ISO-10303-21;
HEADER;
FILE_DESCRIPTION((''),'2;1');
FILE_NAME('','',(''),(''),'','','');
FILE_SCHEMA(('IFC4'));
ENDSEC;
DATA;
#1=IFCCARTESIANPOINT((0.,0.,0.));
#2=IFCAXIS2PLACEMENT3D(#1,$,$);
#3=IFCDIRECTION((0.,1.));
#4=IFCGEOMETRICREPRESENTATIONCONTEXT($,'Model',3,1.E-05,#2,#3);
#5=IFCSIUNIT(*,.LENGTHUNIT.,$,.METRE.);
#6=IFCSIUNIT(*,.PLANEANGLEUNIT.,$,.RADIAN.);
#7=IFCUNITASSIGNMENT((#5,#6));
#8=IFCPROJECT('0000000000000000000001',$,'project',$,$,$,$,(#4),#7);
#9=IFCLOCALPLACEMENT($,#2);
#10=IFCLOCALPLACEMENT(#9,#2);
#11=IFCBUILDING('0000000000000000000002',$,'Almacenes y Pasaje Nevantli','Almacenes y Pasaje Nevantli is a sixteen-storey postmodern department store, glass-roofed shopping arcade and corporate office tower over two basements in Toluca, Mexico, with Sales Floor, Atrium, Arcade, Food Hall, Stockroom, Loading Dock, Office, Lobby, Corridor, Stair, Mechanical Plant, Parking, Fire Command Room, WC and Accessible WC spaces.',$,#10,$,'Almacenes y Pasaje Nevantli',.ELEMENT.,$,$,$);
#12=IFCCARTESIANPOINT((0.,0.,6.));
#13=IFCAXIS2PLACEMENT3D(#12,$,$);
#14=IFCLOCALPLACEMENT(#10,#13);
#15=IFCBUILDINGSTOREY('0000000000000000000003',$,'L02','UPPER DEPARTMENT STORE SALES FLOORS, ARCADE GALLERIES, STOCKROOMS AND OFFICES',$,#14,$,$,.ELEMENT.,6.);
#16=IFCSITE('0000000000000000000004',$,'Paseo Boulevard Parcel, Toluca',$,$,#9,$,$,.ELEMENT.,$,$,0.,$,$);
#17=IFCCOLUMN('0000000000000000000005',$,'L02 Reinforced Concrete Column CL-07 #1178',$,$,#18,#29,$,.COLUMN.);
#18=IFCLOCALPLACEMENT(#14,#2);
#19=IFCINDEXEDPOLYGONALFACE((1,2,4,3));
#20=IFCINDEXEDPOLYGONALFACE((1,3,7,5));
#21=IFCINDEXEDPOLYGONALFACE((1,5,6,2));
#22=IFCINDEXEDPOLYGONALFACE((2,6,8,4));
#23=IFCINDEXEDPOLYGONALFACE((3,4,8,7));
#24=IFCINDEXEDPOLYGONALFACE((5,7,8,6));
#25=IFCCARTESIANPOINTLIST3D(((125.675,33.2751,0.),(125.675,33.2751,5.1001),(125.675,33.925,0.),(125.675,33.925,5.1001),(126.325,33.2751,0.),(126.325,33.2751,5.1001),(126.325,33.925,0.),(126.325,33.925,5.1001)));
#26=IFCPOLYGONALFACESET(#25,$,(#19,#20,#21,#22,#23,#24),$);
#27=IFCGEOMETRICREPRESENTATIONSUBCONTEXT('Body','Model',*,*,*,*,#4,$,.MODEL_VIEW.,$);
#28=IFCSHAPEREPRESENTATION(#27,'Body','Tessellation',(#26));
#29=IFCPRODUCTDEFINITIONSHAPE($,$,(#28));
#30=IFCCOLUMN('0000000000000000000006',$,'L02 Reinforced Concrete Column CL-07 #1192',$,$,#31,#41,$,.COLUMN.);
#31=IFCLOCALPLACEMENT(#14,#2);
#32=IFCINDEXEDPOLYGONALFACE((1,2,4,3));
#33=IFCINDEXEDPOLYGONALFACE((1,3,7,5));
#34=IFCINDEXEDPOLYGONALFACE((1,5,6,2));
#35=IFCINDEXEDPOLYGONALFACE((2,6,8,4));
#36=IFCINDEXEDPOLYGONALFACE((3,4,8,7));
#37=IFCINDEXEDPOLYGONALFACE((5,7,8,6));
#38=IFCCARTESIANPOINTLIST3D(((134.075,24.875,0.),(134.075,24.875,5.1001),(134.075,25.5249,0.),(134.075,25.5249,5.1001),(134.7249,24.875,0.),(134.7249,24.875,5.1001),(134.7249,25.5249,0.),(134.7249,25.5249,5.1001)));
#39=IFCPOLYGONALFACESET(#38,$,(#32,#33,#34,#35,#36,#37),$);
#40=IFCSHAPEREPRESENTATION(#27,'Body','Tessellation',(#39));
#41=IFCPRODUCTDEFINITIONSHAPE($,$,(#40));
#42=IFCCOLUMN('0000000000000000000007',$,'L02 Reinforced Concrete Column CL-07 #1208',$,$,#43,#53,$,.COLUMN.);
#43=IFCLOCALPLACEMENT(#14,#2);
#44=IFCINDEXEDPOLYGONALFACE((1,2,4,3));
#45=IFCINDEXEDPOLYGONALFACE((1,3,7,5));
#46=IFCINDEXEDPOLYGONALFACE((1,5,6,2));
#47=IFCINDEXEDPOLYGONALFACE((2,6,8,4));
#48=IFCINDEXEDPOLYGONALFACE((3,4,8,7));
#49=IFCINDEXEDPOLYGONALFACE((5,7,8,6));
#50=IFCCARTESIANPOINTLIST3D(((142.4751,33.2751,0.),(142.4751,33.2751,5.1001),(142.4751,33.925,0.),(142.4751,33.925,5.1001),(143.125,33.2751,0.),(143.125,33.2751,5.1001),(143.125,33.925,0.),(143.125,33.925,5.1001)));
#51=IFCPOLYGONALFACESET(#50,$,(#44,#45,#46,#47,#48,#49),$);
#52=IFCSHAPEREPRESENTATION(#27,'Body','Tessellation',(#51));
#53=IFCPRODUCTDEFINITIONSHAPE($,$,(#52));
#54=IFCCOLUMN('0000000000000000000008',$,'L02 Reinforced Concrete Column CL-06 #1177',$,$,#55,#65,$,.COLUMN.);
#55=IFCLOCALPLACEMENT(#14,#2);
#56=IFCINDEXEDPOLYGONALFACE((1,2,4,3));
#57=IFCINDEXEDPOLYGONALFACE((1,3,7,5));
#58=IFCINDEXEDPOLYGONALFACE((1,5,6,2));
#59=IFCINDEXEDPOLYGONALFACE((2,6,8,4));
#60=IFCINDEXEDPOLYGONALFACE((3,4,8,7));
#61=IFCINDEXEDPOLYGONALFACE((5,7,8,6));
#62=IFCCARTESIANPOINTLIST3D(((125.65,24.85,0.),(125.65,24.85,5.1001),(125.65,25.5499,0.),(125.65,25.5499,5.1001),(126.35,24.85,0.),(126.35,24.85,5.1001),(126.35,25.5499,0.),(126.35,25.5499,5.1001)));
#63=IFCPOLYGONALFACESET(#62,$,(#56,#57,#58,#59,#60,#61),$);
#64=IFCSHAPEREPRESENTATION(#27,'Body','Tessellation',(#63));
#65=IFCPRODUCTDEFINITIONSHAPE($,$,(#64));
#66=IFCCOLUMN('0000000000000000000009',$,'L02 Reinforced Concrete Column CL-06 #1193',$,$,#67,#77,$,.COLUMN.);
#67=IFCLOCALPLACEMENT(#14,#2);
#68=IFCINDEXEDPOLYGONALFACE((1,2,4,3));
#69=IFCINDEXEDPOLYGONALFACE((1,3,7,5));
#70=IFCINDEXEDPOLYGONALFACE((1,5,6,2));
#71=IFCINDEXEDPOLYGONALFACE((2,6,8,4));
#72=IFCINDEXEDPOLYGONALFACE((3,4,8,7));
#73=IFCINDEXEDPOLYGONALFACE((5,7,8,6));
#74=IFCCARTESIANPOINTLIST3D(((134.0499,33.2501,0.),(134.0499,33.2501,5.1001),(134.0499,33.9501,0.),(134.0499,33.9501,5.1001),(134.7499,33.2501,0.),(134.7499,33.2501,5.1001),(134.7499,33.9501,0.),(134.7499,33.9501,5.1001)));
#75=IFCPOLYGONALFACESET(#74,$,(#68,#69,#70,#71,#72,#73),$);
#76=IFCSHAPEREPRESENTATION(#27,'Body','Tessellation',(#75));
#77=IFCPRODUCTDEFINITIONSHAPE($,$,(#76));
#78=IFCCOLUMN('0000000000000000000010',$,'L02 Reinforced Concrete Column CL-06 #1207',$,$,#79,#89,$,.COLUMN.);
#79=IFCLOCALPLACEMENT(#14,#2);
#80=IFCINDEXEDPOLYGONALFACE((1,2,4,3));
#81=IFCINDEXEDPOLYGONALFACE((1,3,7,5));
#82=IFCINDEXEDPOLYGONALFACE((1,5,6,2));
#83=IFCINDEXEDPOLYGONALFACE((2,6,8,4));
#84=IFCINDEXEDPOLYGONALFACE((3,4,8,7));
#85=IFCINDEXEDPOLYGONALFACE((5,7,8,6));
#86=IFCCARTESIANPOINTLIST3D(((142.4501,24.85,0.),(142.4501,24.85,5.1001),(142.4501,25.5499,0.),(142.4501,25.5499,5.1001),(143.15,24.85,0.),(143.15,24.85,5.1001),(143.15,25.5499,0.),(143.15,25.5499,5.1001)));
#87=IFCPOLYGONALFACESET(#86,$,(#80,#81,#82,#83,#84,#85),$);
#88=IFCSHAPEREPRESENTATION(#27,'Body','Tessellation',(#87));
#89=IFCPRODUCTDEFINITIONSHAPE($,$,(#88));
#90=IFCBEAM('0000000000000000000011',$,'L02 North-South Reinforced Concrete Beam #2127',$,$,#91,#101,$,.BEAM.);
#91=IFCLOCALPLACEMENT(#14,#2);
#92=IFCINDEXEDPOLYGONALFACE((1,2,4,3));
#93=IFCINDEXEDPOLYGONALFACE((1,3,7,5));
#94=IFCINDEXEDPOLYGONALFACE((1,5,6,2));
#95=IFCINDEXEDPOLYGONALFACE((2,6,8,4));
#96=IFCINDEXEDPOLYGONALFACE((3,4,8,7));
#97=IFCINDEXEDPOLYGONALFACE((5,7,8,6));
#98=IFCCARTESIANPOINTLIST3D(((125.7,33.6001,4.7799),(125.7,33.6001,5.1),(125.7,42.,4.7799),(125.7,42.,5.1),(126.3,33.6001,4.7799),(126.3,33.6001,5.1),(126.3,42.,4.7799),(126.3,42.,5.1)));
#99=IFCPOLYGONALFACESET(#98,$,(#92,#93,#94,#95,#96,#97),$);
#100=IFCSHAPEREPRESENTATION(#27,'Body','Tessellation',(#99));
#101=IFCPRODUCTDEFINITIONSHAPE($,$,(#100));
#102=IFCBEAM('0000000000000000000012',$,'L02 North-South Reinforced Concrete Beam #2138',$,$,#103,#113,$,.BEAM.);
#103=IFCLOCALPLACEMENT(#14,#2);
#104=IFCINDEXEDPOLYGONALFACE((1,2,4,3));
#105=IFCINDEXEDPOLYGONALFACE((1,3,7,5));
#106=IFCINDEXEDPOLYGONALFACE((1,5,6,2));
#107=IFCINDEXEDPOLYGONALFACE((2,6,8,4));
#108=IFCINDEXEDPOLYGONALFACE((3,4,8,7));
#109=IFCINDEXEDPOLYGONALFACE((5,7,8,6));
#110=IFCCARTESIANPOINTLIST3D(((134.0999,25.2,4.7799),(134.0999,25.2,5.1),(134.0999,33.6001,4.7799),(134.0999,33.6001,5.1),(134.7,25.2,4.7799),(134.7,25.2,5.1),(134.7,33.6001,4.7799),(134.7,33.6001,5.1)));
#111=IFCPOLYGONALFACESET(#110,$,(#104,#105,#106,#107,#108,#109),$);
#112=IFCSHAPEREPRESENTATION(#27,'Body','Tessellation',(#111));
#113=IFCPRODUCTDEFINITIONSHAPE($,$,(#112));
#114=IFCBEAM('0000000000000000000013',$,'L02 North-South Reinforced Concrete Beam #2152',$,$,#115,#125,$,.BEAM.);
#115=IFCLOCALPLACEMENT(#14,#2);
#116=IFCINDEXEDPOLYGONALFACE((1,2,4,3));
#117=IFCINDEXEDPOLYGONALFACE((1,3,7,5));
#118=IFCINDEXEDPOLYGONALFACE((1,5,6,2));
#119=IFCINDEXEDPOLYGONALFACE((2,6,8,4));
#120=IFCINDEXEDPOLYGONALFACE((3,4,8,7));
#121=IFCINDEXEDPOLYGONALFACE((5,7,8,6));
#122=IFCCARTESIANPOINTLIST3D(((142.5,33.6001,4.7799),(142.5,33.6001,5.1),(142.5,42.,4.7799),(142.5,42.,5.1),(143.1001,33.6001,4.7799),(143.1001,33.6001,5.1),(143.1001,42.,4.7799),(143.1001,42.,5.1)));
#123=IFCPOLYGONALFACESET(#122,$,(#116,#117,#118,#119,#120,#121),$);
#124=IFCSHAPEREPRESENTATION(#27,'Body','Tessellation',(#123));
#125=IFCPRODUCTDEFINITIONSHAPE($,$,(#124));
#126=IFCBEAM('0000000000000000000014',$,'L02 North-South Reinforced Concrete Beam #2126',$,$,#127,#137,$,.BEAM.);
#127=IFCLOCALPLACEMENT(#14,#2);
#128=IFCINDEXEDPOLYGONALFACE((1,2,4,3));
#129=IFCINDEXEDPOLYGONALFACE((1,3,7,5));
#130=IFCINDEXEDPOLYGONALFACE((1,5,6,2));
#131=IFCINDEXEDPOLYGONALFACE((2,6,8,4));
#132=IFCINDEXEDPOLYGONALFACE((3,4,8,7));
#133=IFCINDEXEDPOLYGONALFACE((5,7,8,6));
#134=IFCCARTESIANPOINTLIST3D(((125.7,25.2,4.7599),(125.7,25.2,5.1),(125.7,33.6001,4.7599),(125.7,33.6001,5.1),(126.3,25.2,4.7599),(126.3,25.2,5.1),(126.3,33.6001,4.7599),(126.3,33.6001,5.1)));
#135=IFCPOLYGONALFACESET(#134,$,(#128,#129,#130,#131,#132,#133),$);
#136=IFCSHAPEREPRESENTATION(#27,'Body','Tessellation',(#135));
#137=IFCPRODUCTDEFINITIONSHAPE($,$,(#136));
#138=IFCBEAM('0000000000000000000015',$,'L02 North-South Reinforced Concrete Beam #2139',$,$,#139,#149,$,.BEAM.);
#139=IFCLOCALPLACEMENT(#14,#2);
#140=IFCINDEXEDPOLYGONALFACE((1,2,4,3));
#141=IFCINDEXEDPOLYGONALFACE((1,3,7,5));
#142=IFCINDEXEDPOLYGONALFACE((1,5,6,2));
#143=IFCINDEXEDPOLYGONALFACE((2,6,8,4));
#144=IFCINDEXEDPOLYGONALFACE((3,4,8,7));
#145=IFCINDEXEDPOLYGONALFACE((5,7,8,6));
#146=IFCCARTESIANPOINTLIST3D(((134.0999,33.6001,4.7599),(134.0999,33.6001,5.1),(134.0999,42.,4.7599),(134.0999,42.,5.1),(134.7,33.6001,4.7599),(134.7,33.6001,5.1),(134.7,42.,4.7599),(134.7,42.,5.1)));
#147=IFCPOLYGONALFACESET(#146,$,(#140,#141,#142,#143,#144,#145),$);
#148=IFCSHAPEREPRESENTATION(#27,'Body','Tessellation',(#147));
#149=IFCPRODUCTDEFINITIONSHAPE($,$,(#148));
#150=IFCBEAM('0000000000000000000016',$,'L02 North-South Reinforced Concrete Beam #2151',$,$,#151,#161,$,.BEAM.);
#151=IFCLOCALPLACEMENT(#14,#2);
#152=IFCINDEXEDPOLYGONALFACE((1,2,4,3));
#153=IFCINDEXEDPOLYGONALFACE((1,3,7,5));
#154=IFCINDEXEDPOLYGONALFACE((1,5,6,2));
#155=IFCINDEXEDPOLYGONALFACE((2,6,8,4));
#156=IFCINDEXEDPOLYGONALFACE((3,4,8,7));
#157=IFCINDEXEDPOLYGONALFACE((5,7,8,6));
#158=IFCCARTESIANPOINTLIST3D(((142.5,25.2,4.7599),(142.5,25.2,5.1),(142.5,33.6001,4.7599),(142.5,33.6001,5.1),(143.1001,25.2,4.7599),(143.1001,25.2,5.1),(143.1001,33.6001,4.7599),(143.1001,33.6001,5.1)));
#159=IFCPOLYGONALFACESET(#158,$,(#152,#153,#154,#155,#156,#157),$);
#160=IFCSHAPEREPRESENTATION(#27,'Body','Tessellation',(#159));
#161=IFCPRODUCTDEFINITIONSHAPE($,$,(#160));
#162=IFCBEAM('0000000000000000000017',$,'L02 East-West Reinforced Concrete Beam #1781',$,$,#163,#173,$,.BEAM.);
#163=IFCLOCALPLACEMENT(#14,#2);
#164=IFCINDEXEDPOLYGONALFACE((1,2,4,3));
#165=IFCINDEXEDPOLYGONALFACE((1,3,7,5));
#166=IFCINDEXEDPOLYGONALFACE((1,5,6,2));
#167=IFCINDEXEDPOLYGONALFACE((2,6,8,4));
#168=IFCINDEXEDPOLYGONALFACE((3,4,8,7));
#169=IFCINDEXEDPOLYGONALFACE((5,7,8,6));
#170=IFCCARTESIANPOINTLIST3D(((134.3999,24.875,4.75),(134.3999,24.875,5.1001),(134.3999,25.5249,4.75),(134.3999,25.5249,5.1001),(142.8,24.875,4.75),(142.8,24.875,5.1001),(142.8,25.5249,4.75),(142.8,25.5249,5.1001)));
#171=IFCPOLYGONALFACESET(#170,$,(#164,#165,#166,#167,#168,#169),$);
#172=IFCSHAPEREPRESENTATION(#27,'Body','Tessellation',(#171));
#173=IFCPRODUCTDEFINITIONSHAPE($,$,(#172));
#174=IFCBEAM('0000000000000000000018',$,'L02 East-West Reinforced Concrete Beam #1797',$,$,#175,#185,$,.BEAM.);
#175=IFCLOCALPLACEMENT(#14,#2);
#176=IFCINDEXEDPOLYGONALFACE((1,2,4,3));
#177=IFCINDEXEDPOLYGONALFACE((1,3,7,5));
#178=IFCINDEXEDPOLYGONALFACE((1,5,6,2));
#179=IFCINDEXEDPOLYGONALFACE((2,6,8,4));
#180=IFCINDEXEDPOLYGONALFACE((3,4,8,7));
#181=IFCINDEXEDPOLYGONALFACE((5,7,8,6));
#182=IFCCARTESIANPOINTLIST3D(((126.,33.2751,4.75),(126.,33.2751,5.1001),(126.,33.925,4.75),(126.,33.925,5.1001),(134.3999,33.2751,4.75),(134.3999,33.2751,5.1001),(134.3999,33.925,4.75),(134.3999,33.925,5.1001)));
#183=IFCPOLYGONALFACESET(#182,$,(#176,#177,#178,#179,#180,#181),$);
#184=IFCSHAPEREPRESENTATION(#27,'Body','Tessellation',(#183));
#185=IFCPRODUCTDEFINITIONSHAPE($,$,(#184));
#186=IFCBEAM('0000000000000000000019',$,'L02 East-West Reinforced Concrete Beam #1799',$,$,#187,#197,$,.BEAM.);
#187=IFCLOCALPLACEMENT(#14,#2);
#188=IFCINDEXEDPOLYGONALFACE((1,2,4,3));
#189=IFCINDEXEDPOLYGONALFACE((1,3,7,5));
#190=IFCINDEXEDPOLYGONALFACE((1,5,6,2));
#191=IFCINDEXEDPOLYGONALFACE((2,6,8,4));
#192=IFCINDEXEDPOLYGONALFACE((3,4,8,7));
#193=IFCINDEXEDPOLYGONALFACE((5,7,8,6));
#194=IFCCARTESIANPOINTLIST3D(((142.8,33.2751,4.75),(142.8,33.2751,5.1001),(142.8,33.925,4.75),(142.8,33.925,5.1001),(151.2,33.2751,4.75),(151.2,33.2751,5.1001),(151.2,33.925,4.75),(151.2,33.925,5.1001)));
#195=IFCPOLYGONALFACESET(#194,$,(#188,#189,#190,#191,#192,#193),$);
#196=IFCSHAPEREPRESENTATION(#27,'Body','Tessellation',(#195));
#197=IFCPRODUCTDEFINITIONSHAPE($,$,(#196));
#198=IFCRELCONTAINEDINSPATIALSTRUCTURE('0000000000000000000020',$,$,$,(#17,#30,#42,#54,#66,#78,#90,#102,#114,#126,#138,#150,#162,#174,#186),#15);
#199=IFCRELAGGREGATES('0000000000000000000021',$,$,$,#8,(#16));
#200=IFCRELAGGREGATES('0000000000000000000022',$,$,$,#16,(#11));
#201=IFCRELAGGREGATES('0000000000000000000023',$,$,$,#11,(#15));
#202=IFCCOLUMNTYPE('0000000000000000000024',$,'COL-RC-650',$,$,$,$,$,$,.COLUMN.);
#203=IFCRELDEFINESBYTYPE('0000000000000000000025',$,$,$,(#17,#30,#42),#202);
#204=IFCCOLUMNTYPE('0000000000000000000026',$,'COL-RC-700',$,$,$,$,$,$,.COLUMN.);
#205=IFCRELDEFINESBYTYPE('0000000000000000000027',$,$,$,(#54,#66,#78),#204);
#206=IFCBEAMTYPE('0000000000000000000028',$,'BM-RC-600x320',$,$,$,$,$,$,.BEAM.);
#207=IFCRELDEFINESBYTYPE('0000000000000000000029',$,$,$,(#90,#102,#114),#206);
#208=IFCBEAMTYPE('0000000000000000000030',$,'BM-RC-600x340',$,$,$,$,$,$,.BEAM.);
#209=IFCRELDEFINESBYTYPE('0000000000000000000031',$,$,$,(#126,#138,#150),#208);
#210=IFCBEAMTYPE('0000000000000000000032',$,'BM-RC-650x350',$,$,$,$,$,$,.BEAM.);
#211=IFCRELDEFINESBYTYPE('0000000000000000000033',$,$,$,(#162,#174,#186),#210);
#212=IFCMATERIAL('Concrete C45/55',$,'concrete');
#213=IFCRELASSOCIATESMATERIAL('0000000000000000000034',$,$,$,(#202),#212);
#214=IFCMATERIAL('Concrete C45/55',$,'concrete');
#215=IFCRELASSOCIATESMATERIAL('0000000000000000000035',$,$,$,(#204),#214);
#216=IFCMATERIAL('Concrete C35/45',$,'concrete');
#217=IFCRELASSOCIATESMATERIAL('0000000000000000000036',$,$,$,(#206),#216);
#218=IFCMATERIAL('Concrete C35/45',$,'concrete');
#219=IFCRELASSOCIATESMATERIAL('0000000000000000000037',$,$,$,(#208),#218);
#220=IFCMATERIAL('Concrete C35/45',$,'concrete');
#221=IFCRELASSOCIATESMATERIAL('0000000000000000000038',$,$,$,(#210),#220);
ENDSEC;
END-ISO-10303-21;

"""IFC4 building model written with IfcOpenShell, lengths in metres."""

from ifc_helpers import new_model, si_unit, direction, frame, origin, origin_2d, place, context, subcontext, project, spatial, rectangle, extrude, material, material_profile, profile_set, type_object, element, save


model = new_model("IFC4")

# Units and contexts
model_context = context("Model", 3, precision=1e-05, world=origin(), true_north=direction((0.0, 1.0)))
body_context = subcontext(model_context, "Body", "Model", "MODEL_VIEW")
ifc_project = project(units=[si_unit("LENGTHUNIT", "METRE"), si_unit("PLANEANGLEUNIT", "RADIAN")], contexts=[model_context])

# Site, building, storey
site_placement = place(None, origin())
site = spatial("IfcSite", under=ifc_project, at=site_placement, Name="Paseo Boulevard Parcel, Toluca", CompositionType="ELEMENT", RefElevation=0.0)
building_placement = place(site_placement, origin())
building = spatial("IfcBuilding", under=site, at=building_placement, Name="Almacenes y Pasaje Nevantli", Description="Almacenes y Pasaje Nevantli is a sixteen-storey postmodern department store, glass-roofed shopping arcade and corporate office tower over two basements in Toluca, Mexico, with Sales Floor, Atrium, Arcade, Food Hall, Stockroom, Loading Dock, Office, Lobby, Corridor, Stair, Mechanical Plant, Parking, Fire Command Room, WC and Accessible WC spaces.", LongName="Almacenes y Pasaje Nevantli", CompositionType="ELEMENT")
storey_placement = place(building_placement, frame((0.0, 0.0, 6.0)))
storey = spatial("IfcBuildingStorey", under=building, at=storey_placement, Name="L02", Description="UPPER DEPARTMENT STORE SALES FLOORS, ARCADE GALLERIES, STOCKROOMS AND OFFICES", CompositionType="ELEMENT", Elevation=6.0)

# Columns
ifc_material_1 = material(Name="Concrete C45/55", Category="concrete")
ifc_material_profile_1 = material_profile(ifc_material_1, rectangle(XDim=0.6499, YDim=0.6499, at=origin_2d()), Name="RC-COL-650x650")
ifc_profile_set_1 = profile_set([ifc_material_profile_1], Name="Concrete C45/55")
column_type_1 = type_object("IfcColumnType", Name="COL-RC-650", PredefinedType="COLUMN", material=ifc_profile_set_1)
for number, where, z_axis, x_axis, name in (
    (1, (126.0, 33.6001, 0.0), (0.0, 0.0, 1.0), (1.0, 0.0, 0.0), "L02 Reinforced Concrete Column CL-07 #1178"),
    (2, (134.3999, 25.2, 0.0), (0.0, 0.0, 1.0), (1.0, 0.0, 0.0), "L02 Reinforced Concrete Column CL-07 #1192"),
    (3, (142.8, 33.6001, 0.0), (0.0, 0.0, 1.0), (1.0, 0.0, 0.0), "L02 Reinforced Concrete Column CL-07 #1208"),
):
    element("IfcColumn", number, at=place(storey_placement, frame(where, z_axis=z_axis, x_axis=x_axis)), inside=storey, type_object=column_type_1, Name=name, PredefinedType="COLUMN", context=body_context, shape_type="SweptSolid", body=[
        extrude(rectangle(XDim=0.6499, YDim=0.6499, at=origin_2d()), origin(), (0.0, 0.0, 1.0), 5.1001),
    ])
ifc_material_2 = material(Name="Concrete C45/55", Category="concrete")
ifc_material_profile_2 = material_profile(ifc_material_2, rectangle(XDim=0.7, YDim=0.7, at=origin_2d()), Name="RC-COL-700x700")
ifc_profile_set_2 = profile_set([ifc_material_profile_2], Name="Concrete C45/55")
column_type_2 = type_object("IfcColumnType", Name="COL-RC-700", PredefinedType="COLUMN", material=ifc_profile_set_2)
for number, where, z_axis, x_axis, name in (
    (4, (126.0, 25.2, 0.0), (0.0, 0.0, 1.0), (1.0, 0.0, 0.0), "L02 Reinforced Concrete Column CL-06 #1177"),
    (5, (134.3999, 33.6001, 0.0), (0.0, 0.0, 1.0), (1.0, 0.0, 0.0), "L02 Reinforced Concrete Column CL-06 #1193"),
    (6, (142.8, 25.2, 0.0), (0.0, 0.0, 1.0), (1.0, 0.0, 0.0), "L02 Reinforced Concrete Column CL-06 #1207"),
):
    element("IfcColumn", number, at=place(storey_placement, frame(where, z_axis=z_axis, x_axis=x_axis)), inside=storey, type_object=column_type_2, Name=name, PredefinedType="COLUMN", context=body_context, shape_type="SweptSolid", body=[
        extrude(rectangle(XDim=0.7, YDim=0.7, at=origin_2d()), origin(), (0.0, 0.0, 1.0), 5.1001),
    ])

# Beams
ifc_material_3 = material(Name="Concrete C35/45", Category="concrete")
ifc_material_profile_3 = material_profile(ifc_material_3, rectangle(XDim=0.6001, YDim=0.3201, at=origin_2d()), Name="RC-BM-600x320")
ifc_profile_set_3 = profile_set([ifc_material_profile_3], Name="Concrete C35/45")
beam_type_1 = type_object("IfcBeamType", Name="BM-RC-600x320", PredefinedType="BEAM", material=ifc_profile_set_3)
beam_1_placement = place(storey_placement, frame((126.0, 33.6001, 4.9399), z_axis=(0.0, 1.0, 0.0), x_axis=(-1.0, 0.0, 0.0)))
element("IfcBeam", 7, at=beam_1_placement, inside=storey, type_object=beam_type_1, Name="L02 North-South Reinforced Concrete Beam #2127", PredefinedType="BEAM", context=body_context, shape_type="SweptSolid", body=[
    extrude(rectangle(XDim=0.6001, YDim=0.3201, at=origin_2d()), origin(), (0.0, 0.0, 1.0), 8.3999),
])
beam_2_placement = place(storey_placement, frame((134.3999, 25.2, 4.9399), z_axis=(0.0, 1.0, 0.0), x_axis=(-1.0, 0.0, 0.0)))
element("IfcBeam", 8, at=beam_2_placement, inside=storey, type_object=beam_type_1, Name="L02 North-South Reinforced Concrete Beam #2138", PredefinedType="BEAM", context=body_context, shape_type="SweptSolid", body=[
    extrude(rectangle(XDim=0.6001, YDim=0.3201, at=origin_2d()), origin(), (0.0, 0.0, 1.0), 8.4001),
])
beam_3_placement = place(storey_placement, frame((142.8, 33.6001, 4.9399), z_axis=(0.0, 1.0, 0.0), x_axis=(-1.0, 0.0, 0.0)))
element("IfcBeam", 9, at=beam_3_placement, inside=storey, type_object=beam_type_1, Name="L02 North-South Reinforced Concrete Beam #2152", PredefinedType="BEAM", context=body_context, shape_type="SweptSolid", body=[
    extrude(rectangle(XDim=0.6001, YDim=0.3201, at=origin_2d()), origin(), (0.0, 0.0, 1.0), 8.3999),
])
ifc_material_4 = material(Name="Concrete C35/45", Category="concrete")
ifc_material_profile_4 = material_profile(ifc_material_4, rectangle(XDim=0.6001, YDim=0.3401, at=origin_2d()), Name="RC-BM-600x340")
ifc_profile_set_4 = profile_set([ifc_material_profile_4], Name="Concrete C35/45")
beam_type_2 = type_object("IfcBeamType", Name="BM-RC-600x340", PredefinedType="BEAM", material=ifc_profile_set_4)
beam_4_placement = place(storey_placement, frame((126.0, 25.2, 4.9299), z_axis=(0.0, 1.0, 0.0), x_axis=(-1.0, 0.0, 0.0)))
element("IfcBeam", 10, at=beam_4_placement, inside=storey, type_object=beam_type_2, Name="L02 North-South Reinforced Concrete Beam #2126", PredefinedType="BEAM", context=body_context, shape_type="SweptSolid", body=[
    extrude(rectangle(XDim=0.6001, YDim=0.3401, at=origin_2d()), origin(), (0.0, 0.0, 1.0), 8.4001),
])
beam_5_placement = place(storey_placement, frame((134.3999, 33.6001, 4.9299), z_axis=(0.0, 1.0, 0.0), x_axis=(-1.0, 0.0, 0.0)))
element("IfcBeam", 11, at=beam_5_placement, inside=storey, type_object=beam_type_2, Name="L02 North-South Reinforced Concrete Beam #2139", PredefinedType="BEAM", context=body_context, shape_type="SweptSolid", body=[
    extrude(rectangle(XDim=0.6001, YDim=0.3401, at=origin_2d()), origin(), (0.0, 0.0, 1.0), 8.3999),
])
beam_6_placement = place(storey_placement, frame((142.8, 25.2, 4.9299), z_axis=(0.0, 1.0, 0.0), x_axis=(-1.0, 0.0, 0.0)))
element("IfcBeam", 12, at=beam_6_placement, inside=storey, type_object=beam_type_2, Name="L02 North-South Reinforced Concrete Beam #2151", PredefinedType="BEAM", context=body_context, shape_type="SweptSolid", body=[
    extrude(rectangle(XDim=0.6001, YDim=0.3401, at=origin_2d()), origin(), (0.0, 0.0, 1.0), 8.4001),
])
ifc_material_5 = material(Name="Concrete C35/45", Category="concrete")
ifc_material_profile_5 = material_profile(ifc_material_5, rectangle(XDim=0.6499, YDim=0.3501, at=origin_2d()), Name="RC-BM-650x350")
ifc_profile_set_5 = profile_set([ifc_material_profile_5], Name="Concrete C35/45")
beam_type_3 = type_object("IfcBeamType", Name="BM-RC-650x350", PredefinedType="BEAM", material=ifc_profile_set_5)
beam_7_placement = place(storey_placement, frame((134.3999, 25.2, 4.925), z_axis=(1.0, 0.0, 0.0), x_axis=(0.0, 1.0, 0.0)))
element("IfcBeam", 13, at=beam_7_placement, inside=storey, type_object=beam_type_3, Name="L02 East-West Reinforced Concrete Beam #1781", PredefinedType="BEAM", context=body_context, shape_type="SweptSolid", body=[
    extrude(rectangle(XDim=0.6499, YDim=0.3501, at=origin_2d()), origin(), (0.0, 0.0, 1.0), 8.4001),
])
for number, where, z_axis, x_axis, name in (
    (14, (126.0, 33.6001, 4.925), (1.0, 0.0, 0.0), (0.0, 1.0, 0.0), "L02 East-West Reinforced Concrete Beam #1797"),
    (15, (142.8, 33.6001, 4.925), (1.0, 0.0, 0.0), (0.0, 1.0, 0.0), "L02 East-West Reinforced Concrete Beam #1799"),
):
    element("IfcBeam", number, at=place(storey_placement, frame(where, z_axis=z_axis, x_axis=x_axis)), inside=storey, type_object=beam_type_3, Name=name, PredefinedType="BEAM", context=body_context, shape_type="SweptSolid", body=[
        extrude(rectangle(XDim=0.6499, YDim=0.3501, at=origin_2d()), origin(), (0.0, 0.0, 1.0), 8.3999),
    ])

save(model, "model.ifc")
